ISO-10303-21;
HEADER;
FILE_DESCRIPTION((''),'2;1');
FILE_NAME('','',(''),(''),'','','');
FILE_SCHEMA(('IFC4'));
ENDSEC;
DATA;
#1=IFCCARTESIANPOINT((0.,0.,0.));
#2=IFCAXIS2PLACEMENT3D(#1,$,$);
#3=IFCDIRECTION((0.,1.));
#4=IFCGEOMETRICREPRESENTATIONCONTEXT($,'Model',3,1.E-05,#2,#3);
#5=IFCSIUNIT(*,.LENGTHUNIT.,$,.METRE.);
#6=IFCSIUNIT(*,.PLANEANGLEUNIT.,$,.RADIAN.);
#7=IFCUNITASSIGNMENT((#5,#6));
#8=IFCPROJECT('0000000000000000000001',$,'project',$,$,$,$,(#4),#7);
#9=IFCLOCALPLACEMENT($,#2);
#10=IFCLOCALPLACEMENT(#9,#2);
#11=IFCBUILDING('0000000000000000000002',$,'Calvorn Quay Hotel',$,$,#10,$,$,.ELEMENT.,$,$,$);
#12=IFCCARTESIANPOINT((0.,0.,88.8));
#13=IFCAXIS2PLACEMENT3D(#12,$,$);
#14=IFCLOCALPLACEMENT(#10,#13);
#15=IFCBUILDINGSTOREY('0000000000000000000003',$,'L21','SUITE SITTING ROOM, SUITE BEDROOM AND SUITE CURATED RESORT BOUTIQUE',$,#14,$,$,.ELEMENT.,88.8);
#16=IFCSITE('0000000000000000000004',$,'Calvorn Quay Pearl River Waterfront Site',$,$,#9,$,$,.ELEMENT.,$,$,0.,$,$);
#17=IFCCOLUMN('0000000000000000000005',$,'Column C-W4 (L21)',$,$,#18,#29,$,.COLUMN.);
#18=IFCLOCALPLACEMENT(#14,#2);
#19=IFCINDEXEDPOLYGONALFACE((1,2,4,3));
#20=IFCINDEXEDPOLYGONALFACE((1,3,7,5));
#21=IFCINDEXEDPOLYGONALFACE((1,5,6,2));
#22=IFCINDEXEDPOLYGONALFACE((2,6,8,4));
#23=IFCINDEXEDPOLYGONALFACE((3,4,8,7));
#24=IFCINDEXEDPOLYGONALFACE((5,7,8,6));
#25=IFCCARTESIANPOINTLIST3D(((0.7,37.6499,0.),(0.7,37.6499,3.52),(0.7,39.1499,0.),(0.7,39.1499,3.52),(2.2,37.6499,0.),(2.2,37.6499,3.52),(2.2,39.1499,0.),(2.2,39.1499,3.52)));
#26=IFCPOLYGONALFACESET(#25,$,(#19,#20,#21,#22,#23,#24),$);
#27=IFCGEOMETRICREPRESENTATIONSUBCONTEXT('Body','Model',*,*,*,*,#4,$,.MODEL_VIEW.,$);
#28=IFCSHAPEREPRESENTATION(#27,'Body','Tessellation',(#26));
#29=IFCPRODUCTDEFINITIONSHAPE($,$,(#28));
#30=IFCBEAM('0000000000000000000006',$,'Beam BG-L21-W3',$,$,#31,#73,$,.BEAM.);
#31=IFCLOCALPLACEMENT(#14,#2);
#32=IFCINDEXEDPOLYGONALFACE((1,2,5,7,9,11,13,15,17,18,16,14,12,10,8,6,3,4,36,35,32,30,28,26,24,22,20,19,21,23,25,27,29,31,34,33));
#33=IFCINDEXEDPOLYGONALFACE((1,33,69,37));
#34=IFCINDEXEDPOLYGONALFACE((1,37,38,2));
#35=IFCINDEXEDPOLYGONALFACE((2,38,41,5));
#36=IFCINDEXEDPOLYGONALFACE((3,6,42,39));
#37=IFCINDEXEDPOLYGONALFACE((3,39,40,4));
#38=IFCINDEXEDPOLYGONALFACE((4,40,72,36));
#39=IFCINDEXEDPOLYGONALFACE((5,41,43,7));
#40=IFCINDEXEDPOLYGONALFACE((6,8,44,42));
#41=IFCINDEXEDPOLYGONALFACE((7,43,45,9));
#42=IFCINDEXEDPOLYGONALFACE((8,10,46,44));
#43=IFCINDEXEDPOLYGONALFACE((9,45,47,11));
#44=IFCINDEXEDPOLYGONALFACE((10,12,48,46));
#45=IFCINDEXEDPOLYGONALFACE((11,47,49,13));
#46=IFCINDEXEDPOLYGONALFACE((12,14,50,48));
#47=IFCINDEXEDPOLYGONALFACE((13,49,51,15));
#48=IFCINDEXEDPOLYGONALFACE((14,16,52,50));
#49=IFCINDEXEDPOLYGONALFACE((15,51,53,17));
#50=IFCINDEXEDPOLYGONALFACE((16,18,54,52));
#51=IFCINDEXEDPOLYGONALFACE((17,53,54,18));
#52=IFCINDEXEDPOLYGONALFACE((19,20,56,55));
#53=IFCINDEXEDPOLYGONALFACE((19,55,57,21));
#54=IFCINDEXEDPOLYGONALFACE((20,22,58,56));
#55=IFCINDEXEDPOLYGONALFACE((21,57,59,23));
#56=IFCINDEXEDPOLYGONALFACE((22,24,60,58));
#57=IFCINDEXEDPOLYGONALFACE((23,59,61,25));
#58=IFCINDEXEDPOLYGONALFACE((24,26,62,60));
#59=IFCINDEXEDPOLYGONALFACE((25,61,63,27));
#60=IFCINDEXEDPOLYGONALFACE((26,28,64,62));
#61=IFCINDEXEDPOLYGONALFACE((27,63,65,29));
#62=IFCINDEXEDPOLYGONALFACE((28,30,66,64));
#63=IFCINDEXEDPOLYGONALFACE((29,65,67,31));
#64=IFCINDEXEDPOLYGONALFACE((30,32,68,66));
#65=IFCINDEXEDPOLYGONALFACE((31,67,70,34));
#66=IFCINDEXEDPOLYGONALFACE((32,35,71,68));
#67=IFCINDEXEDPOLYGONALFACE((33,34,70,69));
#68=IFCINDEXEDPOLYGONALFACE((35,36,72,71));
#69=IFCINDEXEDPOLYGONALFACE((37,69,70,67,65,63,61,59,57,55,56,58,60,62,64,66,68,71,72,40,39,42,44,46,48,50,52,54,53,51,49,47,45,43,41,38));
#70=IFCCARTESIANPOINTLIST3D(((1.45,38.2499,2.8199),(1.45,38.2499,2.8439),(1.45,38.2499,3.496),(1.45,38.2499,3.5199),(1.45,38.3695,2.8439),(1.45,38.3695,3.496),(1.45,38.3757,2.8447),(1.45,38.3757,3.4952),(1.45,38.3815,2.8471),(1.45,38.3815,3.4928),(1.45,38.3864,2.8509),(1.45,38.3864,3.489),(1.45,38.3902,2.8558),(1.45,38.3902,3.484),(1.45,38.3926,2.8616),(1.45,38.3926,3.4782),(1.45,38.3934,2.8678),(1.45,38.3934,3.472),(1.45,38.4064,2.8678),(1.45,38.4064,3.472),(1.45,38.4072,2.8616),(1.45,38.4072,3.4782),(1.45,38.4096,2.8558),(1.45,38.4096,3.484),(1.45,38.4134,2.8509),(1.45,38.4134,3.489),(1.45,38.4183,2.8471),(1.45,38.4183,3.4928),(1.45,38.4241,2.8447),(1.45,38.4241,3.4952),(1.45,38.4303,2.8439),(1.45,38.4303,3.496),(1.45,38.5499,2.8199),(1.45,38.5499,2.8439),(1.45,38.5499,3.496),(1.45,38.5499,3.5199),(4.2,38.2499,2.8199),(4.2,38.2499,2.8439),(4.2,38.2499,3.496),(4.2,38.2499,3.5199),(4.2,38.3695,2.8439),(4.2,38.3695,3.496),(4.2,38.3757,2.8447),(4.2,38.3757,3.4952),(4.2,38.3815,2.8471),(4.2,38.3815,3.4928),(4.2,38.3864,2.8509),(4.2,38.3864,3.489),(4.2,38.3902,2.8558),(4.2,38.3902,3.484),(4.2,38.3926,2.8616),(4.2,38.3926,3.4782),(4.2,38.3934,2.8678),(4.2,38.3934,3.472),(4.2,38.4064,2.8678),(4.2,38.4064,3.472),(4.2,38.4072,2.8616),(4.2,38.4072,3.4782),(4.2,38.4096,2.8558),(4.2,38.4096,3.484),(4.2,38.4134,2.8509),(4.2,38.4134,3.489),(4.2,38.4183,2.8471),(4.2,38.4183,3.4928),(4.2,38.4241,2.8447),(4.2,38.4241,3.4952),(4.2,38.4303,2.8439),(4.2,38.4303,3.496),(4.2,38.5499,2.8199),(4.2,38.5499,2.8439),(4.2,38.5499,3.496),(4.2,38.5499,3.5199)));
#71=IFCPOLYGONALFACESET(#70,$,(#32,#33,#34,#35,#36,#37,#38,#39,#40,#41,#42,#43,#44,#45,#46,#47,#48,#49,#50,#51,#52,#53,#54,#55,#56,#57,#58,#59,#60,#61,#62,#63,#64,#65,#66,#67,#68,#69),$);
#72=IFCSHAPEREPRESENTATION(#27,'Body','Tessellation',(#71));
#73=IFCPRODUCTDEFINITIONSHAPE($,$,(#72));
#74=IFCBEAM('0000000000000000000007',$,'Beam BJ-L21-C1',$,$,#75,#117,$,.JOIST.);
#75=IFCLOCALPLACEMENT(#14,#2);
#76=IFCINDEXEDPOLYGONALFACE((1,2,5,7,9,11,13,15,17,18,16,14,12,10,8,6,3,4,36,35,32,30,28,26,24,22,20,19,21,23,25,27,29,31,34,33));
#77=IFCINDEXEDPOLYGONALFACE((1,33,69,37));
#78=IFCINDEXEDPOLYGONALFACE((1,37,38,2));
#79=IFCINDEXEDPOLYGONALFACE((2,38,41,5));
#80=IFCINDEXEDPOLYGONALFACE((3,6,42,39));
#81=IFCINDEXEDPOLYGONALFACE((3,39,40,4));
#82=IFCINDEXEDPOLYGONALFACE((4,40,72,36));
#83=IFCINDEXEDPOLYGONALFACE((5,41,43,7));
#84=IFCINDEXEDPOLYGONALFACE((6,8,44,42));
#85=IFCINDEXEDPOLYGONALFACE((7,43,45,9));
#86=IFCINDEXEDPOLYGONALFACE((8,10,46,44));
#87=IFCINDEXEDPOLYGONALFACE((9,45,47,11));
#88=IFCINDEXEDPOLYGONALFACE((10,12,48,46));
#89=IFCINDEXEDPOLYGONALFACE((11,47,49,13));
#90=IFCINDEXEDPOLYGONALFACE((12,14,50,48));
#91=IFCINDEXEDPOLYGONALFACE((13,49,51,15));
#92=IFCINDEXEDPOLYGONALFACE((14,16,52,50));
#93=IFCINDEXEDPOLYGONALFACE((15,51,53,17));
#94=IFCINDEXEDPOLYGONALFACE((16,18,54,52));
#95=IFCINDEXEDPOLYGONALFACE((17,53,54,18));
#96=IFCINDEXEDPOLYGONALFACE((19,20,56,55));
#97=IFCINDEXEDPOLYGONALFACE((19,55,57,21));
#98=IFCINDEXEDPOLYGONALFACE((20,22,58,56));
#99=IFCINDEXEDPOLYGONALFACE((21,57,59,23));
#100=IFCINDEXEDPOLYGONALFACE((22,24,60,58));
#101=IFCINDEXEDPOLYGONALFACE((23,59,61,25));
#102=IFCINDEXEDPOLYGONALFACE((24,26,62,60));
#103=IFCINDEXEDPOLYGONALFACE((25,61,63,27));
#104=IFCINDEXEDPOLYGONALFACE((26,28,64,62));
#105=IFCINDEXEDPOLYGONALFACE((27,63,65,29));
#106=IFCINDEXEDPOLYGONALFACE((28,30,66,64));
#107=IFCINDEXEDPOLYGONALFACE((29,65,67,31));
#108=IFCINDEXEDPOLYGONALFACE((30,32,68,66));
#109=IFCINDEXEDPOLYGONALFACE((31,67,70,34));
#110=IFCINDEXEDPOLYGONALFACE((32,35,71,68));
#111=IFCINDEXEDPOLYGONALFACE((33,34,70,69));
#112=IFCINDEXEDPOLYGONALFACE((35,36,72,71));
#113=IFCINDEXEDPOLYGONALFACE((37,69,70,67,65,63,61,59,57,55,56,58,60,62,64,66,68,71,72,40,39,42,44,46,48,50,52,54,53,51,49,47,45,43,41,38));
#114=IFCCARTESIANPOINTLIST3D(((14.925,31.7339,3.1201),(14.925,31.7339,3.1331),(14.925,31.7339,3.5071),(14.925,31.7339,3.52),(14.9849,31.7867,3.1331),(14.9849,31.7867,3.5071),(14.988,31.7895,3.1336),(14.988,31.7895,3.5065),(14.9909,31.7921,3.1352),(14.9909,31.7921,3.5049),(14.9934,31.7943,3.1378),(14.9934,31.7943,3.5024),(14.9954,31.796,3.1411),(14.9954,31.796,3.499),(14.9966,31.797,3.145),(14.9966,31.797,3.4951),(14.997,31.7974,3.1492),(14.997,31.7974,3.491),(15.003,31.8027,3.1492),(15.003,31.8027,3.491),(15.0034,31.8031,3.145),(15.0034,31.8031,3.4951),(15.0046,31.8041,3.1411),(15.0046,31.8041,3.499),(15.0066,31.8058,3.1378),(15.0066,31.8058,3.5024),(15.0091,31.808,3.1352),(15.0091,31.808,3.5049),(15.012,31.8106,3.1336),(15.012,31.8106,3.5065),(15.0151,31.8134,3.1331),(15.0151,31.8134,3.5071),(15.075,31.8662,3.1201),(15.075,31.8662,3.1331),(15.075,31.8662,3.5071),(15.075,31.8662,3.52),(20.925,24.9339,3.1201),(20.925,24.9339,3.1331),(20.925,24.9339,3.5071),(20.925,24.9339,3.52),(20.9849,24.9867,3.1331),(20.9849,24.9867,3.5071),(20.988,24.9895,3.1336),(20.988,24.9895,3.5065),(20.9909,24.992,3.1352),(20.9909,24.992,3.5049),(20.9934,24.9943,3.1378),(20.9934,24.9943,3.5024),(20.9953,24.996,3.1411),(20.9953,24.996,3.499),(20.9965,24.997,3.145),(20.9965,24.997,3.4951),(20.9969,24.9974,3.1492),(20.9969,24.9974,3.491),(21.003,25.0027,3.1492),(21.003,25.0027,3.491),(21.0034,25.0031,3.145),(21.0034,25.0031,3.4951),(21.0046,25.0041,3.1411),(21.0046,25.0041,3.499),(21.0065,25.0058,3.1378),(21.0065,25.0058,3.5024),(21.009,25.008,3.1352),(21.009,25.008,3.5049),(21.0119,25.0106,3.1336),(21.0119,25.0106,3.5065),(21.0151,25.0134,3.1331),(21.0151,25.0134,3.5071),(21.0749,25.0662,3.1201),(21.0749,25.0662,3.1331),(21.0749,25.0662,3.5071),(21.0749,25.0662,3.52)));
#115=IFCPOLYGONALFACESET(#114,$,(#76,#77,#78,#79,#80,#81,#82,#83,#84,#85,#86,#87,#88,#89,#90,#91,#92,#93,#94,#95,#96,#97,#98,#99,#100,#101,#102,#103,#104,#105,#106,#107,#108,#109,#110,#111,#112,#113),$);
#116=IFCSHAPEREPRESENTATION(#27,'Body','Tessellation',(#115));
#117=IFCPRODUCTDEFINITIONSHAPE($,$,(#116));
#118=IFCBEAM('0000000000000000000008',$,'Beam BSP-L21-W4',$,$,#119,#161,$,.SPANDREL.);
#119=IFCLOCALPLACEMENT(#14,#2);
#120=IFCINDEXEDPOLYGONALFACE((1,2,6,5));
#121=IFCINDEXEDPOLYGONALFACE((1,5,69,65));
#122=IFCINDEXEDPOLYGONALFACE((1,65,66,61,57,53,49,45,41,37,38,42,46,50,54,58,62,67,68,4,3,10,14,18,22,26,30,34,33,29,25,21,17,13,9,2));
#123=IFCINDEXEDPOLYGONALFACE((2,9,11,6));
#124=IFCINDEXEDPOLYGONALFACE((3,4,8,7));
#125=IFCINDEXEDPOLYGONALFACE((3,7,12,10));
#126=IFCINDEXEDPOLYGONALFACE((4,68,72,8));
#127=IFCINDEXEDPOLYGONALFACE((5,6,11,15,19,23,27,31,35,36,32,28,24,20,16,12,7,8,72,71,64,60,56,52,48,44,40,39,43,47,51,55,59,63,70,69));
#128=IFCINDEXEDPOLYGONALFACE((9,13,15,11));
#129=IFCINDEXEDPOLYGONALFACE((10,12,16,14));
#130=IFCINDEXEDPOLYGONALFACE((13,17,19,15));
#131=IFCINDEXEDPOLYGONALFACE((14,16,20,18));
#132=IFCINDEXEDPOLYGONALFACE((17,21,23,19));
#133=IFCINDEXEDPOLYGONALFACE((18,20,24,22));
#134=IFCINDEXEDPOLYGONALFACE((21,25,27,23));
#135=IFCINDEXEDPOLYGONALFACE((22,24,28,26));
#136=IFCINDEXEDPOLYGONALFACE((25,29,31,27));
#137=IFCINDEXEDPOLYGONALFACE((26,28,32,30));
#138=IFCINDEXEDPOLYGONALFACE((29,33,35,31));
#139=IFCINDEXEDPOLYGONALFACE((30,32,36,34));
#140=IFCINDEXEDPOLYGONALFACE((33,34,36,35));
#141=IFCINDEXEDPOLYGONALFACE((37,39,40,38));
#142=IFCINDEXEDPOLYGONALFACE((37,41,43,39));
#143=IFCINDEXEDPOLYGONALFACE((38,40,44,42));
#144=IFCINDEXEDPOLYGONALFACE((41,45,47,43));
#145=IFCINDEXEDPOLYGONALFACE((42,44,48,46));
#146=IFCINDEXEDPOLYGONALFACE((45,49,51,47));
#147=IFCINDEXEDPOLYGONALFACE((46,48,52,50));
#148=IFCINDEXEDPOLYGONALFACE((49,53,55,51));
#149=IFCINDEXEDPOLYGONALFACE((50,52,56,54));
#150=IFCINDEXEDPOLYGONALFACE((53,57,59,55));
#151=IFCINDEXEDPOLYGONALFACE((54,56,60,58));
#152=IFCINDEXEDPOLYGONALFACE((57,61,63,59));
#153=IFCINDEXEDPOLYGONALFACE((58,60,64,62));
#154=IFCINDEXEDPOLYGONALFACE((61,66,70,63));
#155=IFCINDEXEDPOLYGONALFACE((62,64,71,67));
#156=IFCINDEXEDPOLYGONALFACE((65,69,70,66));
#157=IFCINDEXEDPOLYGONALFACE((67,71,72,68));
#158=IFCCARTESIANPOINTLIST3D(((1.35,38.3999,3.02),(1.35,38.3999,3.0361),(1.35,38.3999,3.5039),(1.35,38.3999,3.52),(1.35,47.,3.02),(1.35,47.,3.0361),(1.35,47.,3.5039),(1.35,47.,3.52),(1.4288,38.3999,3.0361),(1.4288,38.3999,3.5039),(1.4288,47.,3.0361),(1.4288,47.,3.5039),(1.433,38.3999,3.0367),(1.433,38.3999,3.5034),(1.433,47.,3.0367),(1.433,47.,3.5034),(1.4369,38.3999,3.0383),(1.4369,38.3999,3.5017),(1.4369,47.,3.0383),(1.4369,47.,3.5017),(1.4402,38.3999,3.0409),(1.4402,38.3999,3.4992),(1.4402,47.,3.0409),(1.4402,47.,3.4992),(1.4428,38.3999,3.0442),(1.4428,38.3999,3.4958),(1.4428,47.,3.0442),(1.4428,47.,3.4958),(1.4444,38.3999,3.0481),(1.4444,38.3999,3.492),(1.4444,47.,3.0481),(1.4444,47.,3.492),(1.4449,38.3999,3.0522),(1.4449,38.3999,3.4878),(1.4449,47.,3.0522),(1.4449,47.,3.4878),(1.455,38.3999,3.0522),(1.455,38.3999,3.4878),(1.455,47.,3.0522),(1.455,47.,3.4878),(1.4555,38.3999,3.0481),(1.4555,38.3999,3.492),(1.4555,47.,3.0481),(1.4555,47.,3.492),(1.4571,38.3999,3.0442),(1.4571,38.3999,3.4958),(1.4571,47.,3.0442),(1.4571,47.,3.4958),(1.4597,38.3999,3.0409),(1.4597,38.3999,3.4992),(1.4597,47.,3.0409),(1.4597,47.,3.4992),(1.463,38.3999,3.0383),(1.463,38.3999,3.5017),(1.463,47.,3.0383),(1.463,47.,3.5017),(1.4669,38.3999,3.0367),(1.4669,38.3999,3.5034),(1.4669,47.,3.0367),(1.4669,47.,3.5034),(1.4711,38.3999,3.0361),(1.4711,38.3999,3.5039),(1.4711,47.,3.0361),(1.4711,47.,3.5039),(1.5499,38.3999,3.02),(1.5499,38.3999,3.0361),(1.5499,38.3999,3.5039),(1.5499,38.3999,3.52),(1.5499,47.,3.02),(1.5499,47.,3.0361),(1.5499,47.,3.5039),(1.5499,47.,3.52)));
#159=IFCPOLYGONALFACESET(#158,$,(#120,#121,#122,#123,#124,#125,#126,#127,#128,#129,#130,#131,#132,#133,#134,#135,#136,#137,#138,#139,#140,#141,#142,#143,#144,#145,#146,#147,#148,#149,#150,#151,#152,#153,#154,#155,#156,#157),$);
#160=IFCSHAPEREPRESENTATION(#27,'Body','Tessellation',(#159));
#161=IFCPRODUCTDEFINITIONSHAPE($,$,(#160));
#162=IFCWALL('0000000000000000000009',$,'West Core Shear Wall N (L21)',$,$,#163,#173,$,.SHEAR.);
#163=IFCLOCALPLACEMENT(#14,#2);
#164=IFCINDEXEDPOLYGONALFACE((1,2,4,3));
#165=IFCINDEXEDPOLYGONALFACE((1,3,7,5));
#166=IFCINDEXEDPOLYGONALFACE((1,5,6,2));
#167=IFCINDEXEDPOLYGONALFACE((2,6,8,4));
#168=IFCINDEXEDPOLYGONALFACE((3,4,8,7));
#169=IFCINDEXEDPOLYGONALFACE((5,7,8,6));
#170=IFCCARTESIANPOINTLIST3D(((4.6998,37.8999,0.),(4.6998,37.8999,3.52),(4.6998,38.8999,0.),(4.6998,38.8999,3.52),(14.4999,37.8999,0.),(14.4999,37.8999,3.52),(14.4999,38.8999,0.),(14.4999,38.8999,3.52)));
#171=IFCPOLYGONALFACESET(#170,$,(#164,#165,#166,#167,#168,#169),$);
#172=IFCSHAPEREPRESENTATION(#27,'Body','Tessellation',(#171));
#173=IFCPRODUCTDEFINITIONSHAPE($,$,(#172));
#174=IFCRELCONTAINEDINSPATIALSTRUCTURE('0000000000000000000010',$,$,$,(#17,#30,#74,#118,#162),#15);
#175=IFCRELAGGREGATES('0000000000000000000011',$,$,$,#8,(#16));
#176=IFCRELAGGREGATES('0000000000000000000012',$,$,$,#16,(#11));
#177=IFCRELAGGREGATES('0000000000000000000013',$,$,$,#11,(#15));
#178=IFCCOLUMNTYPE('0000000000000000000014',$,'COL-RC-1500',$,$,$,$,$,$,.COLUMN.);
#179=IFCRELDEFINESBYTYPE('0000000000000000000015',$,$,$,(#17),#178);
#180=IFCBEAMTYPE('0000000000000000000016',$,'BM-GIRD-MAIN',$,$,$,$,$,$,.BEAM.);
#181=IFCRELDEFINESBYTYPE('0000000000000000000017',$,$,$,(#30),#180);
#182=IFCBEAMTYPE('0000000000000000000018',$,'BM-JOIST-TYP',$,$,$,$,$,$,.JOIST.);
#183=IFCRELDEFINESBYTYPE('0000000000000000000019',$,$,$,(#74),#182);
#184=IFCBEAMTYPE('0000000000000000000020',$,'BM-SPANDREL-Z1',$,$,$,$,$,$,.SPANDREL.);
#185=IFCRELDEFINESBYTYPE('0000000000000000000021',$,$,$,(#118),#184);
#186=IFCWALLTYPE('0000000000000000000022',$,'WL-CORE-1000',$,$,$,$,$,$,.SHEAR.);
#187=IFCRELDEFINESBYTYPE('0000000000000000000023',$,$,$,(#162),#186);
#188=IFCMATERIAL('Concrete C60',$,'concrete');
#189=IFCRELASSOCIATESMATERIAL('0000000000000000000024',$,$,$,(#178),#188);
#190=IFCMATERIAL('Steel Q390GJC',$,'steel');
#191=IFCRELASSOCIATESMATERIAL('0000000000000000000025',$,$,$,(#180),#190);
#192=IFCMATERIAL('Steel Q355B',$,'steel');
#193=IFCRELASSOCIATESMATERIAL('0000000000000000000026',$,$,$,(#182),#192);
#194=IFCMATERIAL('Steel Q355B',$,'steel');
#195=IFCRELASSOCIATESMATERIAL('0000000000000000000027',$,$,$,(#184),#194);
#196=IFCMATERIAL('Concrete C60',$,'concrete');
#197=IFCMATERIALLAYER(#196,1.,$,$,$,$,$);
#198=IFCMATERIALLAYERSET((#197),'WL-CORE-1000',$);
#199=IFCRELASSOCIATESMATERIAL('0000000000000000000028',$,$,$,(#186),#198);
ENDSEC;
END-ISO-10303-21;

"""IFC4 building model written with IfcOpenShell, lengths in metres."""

from ifc_helpers import new_model, si_unit, direction, frame, frame_2d, origin, origin_2d, place, context, subcontext, project, spatial, rectangle, i_section, extrude, material, layer, layer_set, material_profile, profile_set, type_object, element, save


model = new_model("IFC4")

# Units and contexts
model_context = context("Model", 3, precision=1e-05, world=origin(), true_north=direction((0.0, 1.0)))
body_context = subcontext(model_context, "Body", "Model", "MODEL_VIEW")
ifc_project = project(units=[si_unit("LENGTHUNIT", "METRE"), si_unit("PLANEANGLEUNIT", "RADIAN")], contexts=[model_context])

# Site, building, storey
site_placement = place(None, origin())
site = spatial("IfcSite", under=ifc_project, at=site_placement, Name="Calvorn Quay Pearl River Waterfront Site", CompositionType="ELEMENT", RefElevation=0.0)
building_placement = place(site_placement, origin())
building = spatial("IfcBuilding", under=site, at=building_placement, Name="Calvorn Quay Hotel", CompositionType="ELEMENT")
storey_placement = place(building_placement, frame((0.0, 0.0, 88.8)))
storey = spatial("IfcBuildingStorey", under=building, at=storey_placement, Name="L21", Description="SUITE SITTING ROOM, SUITE BEDROOM AND SUITE CURATED RESORT BOUTIQUE", CompositionType="ELEMENT", Elevation=88.8)

# Column
ifc_material_1 = material(Name="Concrete C60", Category="concrete")
ifc_material_profile_1 = material_profile(ifc_material_1, rectangle(XDim=1.5, YDim=1.5, at=origin_2d()), Name="RC1500x1500")
ifc_profile_set_1 = profile_set([ifc_material_profile_1], Name="Concrete C60")
column_type = type_object("IfcColumnType", Name="COL-RC-1500", PredefinedType="COLUMN", material=ifc_profile_set_1)
column_placement = place(storey_placement, frame((1.45, 38.3999, 0.0), z_axis=(0.0, 0.0, 1.0), x_axis=(1.0, 0.0, 0.0)))
element("IfcColumn", 1, at=column_placement, inside=storey, type_object=column_type, Name="Column C-W4 (L21)", PredefinedType="COLUMN", context=body_context, shape_type="SweptSolid", body=[
    extrude(rectangle(XDim=1.5, YDim=1.5, at=origin_2d()), origin(), (0.0, 0.0, 1.0), 3.52),
])

# Beams
ifc_material_2 = material(Name="Steel Q390GJC", Category="steel")
ifc_material_profile_2 = material_profile(ifc_material_2, i_section(OverallWidth=0.3, OverallDepth=0.7, WebThickness=0.0129, FlangeThickness=0.0239, FilletRadius=0.0239, at=origin_2d()), Name="HN700x300x13x24")
ifc_profile_set_2 = profile_set([ifc_material_profile_2], Name="Steel Q390GJC")
beam_type_1 = type_object("IfcBeamType", Name="BM-GIRD-MAIN", PredefinedType="BEAM", material=ifc_profile_set_2)
beam_1_placement = place(storey_placement, frame((1.45, 38.3999, 3.1699), z_axis=(1.0, 0.0, 0.0), x_axis=(0.0, 1.0, 0.0)))
element("IfcBeam", 2, at=beam_1_placement, inside=storey, type_object=beam_type_1, Name="Beam BG-L21-W3", PredefinedType="BEAM", context=body_context, shape_type="SweptSolid", body=[
    extrude(i_section(OverallWidth=0.3, OverallDepth=0.7, WebThickness=0.0129, FlangeThickness=0.0239, FilletRadius=0.0239, at=origin_2d()), origin(), (0.0, 0.0, 1.0), 2.75),
])
ifc_material_3 = material(Name="Steel Q355B", Category="steel")
ifc_material_profile_3 = material_profile(ifc_material_3, i_section(OverallWidth=0.2, OverallDepth=0.3999, WebThickness=0.0081, FlangeThickness=0.0129, FilletRadius=0.0161, at=origin_2d()), Name="HN400x200x8x13")
ifc_profile_set_3 = profile_set([ifc_material_profile_3], Name="Steel Q355B")
beam_type_2 = type_object("IfcBeamType", Name="BM-JOIST-TYP", PredefinedType="JOIST", material=ifc_profile_set_3)
beam_2_placement = place(storey_placement, frame((15.0, 31.8, 3.3201), z_axis=(0.661619, -0.74984, 0.0), x_axis=(0.74984, 0.661619, 0.0)))
element("IfcBeam", 3, at=beam_2_placement, inside=storey, type_object=beam_type_2, Name="Beam BJ-L21-C1", PredefinedType="JOIST", context=body_context, shape_type="SweptSolid", body=[
    extrude(i_section(OverallWidth=0.2, OverallDepth=0.3999, WebThickness=0.0081, FlangeThickness=0.0129, FilletRadius=0.0161, at=origin_2d()), origin(), (0.0, 0.0, 1.0), 9.0686),
])
ifc_material_4 = material(Name="Steel Q355B", Category="steel")
ifc_material_profile_4 = material_profile(ifc_material_4, i_section(OverallWidth=0.2, OverallDepth=0.5, WebThickness=0.01, FlangeThickness=0.0161, FilletRadius=0.0161, at=origin_2d()), Name="HN500x200x10x16")
ifc_profile_set_4 = profile_set([ifc_material_profile_4], Name="Steel Q355B")
beam_type_3 = type_object("IfcBeamType", Name="BM-SPANDREL-Z1", PredefinedType="SPANDREL", material=ifc_profile_set_4)
beam_3_placement = place(storey_placement, frame((1.45, 38.3999, 3.27), z_axis=(0.0, 1.0, 0.0), x_axis=(-1.0, 0.0, 0.0)))
element("IfcBeam", 4, at=beam_3_placement, inside=storey, type_object=beam_type_3, Name="Beam BSP-L21-W4", PredefinedType="SPANDREL", context=body_context, shape_type="SweptSolid", body=[
    extrude(i_section(OverallWidth=0.2, OverallDepth=0.5, WebThickness=0.01, FlangeThickness=0.0161, FilletRadius=0.0161, at=origin_2d()), origin(), (0.0, 0.0, 1.0), 8.6001),
])

# Wall
ifc_material_5 = material(Name="Concrete C60", Category="concrete")
ifc_layer_1 = layer(ifc_material_5, 1.0)
ifc_layer_set_1 = layer_set([ifc_layer_1], Name="WL-CORE-1000")
wall_type_1 = type_object("IfcWallType", Name="WL-CORE-1000", PredefinedType="SHEAR", material=ifc_layer_set_1)
wall_1_placement = place(storey_placement, frame((4.7, 38.3999, 0.0), z_axis=(0.0, 0.0, 1.0), x_axis=(1.0, 0.0, 0.0)))
element("IfcWall", 5, at=wall_1_placement, inside=storey, type_object=wall_type_1, Name="West Core Shear Wall N (L21)", PredefinedType="SHEAR", context=body_context, shape_type="SweptSolid", body=[
    extrude(rectangle(XDim=9.8, YDim=1.0, at=frame_2d((4.8999, 0.0))), origin(), (0.0, 0.0, 1.0), 3.52),
])

save(model, "model.ifc")
